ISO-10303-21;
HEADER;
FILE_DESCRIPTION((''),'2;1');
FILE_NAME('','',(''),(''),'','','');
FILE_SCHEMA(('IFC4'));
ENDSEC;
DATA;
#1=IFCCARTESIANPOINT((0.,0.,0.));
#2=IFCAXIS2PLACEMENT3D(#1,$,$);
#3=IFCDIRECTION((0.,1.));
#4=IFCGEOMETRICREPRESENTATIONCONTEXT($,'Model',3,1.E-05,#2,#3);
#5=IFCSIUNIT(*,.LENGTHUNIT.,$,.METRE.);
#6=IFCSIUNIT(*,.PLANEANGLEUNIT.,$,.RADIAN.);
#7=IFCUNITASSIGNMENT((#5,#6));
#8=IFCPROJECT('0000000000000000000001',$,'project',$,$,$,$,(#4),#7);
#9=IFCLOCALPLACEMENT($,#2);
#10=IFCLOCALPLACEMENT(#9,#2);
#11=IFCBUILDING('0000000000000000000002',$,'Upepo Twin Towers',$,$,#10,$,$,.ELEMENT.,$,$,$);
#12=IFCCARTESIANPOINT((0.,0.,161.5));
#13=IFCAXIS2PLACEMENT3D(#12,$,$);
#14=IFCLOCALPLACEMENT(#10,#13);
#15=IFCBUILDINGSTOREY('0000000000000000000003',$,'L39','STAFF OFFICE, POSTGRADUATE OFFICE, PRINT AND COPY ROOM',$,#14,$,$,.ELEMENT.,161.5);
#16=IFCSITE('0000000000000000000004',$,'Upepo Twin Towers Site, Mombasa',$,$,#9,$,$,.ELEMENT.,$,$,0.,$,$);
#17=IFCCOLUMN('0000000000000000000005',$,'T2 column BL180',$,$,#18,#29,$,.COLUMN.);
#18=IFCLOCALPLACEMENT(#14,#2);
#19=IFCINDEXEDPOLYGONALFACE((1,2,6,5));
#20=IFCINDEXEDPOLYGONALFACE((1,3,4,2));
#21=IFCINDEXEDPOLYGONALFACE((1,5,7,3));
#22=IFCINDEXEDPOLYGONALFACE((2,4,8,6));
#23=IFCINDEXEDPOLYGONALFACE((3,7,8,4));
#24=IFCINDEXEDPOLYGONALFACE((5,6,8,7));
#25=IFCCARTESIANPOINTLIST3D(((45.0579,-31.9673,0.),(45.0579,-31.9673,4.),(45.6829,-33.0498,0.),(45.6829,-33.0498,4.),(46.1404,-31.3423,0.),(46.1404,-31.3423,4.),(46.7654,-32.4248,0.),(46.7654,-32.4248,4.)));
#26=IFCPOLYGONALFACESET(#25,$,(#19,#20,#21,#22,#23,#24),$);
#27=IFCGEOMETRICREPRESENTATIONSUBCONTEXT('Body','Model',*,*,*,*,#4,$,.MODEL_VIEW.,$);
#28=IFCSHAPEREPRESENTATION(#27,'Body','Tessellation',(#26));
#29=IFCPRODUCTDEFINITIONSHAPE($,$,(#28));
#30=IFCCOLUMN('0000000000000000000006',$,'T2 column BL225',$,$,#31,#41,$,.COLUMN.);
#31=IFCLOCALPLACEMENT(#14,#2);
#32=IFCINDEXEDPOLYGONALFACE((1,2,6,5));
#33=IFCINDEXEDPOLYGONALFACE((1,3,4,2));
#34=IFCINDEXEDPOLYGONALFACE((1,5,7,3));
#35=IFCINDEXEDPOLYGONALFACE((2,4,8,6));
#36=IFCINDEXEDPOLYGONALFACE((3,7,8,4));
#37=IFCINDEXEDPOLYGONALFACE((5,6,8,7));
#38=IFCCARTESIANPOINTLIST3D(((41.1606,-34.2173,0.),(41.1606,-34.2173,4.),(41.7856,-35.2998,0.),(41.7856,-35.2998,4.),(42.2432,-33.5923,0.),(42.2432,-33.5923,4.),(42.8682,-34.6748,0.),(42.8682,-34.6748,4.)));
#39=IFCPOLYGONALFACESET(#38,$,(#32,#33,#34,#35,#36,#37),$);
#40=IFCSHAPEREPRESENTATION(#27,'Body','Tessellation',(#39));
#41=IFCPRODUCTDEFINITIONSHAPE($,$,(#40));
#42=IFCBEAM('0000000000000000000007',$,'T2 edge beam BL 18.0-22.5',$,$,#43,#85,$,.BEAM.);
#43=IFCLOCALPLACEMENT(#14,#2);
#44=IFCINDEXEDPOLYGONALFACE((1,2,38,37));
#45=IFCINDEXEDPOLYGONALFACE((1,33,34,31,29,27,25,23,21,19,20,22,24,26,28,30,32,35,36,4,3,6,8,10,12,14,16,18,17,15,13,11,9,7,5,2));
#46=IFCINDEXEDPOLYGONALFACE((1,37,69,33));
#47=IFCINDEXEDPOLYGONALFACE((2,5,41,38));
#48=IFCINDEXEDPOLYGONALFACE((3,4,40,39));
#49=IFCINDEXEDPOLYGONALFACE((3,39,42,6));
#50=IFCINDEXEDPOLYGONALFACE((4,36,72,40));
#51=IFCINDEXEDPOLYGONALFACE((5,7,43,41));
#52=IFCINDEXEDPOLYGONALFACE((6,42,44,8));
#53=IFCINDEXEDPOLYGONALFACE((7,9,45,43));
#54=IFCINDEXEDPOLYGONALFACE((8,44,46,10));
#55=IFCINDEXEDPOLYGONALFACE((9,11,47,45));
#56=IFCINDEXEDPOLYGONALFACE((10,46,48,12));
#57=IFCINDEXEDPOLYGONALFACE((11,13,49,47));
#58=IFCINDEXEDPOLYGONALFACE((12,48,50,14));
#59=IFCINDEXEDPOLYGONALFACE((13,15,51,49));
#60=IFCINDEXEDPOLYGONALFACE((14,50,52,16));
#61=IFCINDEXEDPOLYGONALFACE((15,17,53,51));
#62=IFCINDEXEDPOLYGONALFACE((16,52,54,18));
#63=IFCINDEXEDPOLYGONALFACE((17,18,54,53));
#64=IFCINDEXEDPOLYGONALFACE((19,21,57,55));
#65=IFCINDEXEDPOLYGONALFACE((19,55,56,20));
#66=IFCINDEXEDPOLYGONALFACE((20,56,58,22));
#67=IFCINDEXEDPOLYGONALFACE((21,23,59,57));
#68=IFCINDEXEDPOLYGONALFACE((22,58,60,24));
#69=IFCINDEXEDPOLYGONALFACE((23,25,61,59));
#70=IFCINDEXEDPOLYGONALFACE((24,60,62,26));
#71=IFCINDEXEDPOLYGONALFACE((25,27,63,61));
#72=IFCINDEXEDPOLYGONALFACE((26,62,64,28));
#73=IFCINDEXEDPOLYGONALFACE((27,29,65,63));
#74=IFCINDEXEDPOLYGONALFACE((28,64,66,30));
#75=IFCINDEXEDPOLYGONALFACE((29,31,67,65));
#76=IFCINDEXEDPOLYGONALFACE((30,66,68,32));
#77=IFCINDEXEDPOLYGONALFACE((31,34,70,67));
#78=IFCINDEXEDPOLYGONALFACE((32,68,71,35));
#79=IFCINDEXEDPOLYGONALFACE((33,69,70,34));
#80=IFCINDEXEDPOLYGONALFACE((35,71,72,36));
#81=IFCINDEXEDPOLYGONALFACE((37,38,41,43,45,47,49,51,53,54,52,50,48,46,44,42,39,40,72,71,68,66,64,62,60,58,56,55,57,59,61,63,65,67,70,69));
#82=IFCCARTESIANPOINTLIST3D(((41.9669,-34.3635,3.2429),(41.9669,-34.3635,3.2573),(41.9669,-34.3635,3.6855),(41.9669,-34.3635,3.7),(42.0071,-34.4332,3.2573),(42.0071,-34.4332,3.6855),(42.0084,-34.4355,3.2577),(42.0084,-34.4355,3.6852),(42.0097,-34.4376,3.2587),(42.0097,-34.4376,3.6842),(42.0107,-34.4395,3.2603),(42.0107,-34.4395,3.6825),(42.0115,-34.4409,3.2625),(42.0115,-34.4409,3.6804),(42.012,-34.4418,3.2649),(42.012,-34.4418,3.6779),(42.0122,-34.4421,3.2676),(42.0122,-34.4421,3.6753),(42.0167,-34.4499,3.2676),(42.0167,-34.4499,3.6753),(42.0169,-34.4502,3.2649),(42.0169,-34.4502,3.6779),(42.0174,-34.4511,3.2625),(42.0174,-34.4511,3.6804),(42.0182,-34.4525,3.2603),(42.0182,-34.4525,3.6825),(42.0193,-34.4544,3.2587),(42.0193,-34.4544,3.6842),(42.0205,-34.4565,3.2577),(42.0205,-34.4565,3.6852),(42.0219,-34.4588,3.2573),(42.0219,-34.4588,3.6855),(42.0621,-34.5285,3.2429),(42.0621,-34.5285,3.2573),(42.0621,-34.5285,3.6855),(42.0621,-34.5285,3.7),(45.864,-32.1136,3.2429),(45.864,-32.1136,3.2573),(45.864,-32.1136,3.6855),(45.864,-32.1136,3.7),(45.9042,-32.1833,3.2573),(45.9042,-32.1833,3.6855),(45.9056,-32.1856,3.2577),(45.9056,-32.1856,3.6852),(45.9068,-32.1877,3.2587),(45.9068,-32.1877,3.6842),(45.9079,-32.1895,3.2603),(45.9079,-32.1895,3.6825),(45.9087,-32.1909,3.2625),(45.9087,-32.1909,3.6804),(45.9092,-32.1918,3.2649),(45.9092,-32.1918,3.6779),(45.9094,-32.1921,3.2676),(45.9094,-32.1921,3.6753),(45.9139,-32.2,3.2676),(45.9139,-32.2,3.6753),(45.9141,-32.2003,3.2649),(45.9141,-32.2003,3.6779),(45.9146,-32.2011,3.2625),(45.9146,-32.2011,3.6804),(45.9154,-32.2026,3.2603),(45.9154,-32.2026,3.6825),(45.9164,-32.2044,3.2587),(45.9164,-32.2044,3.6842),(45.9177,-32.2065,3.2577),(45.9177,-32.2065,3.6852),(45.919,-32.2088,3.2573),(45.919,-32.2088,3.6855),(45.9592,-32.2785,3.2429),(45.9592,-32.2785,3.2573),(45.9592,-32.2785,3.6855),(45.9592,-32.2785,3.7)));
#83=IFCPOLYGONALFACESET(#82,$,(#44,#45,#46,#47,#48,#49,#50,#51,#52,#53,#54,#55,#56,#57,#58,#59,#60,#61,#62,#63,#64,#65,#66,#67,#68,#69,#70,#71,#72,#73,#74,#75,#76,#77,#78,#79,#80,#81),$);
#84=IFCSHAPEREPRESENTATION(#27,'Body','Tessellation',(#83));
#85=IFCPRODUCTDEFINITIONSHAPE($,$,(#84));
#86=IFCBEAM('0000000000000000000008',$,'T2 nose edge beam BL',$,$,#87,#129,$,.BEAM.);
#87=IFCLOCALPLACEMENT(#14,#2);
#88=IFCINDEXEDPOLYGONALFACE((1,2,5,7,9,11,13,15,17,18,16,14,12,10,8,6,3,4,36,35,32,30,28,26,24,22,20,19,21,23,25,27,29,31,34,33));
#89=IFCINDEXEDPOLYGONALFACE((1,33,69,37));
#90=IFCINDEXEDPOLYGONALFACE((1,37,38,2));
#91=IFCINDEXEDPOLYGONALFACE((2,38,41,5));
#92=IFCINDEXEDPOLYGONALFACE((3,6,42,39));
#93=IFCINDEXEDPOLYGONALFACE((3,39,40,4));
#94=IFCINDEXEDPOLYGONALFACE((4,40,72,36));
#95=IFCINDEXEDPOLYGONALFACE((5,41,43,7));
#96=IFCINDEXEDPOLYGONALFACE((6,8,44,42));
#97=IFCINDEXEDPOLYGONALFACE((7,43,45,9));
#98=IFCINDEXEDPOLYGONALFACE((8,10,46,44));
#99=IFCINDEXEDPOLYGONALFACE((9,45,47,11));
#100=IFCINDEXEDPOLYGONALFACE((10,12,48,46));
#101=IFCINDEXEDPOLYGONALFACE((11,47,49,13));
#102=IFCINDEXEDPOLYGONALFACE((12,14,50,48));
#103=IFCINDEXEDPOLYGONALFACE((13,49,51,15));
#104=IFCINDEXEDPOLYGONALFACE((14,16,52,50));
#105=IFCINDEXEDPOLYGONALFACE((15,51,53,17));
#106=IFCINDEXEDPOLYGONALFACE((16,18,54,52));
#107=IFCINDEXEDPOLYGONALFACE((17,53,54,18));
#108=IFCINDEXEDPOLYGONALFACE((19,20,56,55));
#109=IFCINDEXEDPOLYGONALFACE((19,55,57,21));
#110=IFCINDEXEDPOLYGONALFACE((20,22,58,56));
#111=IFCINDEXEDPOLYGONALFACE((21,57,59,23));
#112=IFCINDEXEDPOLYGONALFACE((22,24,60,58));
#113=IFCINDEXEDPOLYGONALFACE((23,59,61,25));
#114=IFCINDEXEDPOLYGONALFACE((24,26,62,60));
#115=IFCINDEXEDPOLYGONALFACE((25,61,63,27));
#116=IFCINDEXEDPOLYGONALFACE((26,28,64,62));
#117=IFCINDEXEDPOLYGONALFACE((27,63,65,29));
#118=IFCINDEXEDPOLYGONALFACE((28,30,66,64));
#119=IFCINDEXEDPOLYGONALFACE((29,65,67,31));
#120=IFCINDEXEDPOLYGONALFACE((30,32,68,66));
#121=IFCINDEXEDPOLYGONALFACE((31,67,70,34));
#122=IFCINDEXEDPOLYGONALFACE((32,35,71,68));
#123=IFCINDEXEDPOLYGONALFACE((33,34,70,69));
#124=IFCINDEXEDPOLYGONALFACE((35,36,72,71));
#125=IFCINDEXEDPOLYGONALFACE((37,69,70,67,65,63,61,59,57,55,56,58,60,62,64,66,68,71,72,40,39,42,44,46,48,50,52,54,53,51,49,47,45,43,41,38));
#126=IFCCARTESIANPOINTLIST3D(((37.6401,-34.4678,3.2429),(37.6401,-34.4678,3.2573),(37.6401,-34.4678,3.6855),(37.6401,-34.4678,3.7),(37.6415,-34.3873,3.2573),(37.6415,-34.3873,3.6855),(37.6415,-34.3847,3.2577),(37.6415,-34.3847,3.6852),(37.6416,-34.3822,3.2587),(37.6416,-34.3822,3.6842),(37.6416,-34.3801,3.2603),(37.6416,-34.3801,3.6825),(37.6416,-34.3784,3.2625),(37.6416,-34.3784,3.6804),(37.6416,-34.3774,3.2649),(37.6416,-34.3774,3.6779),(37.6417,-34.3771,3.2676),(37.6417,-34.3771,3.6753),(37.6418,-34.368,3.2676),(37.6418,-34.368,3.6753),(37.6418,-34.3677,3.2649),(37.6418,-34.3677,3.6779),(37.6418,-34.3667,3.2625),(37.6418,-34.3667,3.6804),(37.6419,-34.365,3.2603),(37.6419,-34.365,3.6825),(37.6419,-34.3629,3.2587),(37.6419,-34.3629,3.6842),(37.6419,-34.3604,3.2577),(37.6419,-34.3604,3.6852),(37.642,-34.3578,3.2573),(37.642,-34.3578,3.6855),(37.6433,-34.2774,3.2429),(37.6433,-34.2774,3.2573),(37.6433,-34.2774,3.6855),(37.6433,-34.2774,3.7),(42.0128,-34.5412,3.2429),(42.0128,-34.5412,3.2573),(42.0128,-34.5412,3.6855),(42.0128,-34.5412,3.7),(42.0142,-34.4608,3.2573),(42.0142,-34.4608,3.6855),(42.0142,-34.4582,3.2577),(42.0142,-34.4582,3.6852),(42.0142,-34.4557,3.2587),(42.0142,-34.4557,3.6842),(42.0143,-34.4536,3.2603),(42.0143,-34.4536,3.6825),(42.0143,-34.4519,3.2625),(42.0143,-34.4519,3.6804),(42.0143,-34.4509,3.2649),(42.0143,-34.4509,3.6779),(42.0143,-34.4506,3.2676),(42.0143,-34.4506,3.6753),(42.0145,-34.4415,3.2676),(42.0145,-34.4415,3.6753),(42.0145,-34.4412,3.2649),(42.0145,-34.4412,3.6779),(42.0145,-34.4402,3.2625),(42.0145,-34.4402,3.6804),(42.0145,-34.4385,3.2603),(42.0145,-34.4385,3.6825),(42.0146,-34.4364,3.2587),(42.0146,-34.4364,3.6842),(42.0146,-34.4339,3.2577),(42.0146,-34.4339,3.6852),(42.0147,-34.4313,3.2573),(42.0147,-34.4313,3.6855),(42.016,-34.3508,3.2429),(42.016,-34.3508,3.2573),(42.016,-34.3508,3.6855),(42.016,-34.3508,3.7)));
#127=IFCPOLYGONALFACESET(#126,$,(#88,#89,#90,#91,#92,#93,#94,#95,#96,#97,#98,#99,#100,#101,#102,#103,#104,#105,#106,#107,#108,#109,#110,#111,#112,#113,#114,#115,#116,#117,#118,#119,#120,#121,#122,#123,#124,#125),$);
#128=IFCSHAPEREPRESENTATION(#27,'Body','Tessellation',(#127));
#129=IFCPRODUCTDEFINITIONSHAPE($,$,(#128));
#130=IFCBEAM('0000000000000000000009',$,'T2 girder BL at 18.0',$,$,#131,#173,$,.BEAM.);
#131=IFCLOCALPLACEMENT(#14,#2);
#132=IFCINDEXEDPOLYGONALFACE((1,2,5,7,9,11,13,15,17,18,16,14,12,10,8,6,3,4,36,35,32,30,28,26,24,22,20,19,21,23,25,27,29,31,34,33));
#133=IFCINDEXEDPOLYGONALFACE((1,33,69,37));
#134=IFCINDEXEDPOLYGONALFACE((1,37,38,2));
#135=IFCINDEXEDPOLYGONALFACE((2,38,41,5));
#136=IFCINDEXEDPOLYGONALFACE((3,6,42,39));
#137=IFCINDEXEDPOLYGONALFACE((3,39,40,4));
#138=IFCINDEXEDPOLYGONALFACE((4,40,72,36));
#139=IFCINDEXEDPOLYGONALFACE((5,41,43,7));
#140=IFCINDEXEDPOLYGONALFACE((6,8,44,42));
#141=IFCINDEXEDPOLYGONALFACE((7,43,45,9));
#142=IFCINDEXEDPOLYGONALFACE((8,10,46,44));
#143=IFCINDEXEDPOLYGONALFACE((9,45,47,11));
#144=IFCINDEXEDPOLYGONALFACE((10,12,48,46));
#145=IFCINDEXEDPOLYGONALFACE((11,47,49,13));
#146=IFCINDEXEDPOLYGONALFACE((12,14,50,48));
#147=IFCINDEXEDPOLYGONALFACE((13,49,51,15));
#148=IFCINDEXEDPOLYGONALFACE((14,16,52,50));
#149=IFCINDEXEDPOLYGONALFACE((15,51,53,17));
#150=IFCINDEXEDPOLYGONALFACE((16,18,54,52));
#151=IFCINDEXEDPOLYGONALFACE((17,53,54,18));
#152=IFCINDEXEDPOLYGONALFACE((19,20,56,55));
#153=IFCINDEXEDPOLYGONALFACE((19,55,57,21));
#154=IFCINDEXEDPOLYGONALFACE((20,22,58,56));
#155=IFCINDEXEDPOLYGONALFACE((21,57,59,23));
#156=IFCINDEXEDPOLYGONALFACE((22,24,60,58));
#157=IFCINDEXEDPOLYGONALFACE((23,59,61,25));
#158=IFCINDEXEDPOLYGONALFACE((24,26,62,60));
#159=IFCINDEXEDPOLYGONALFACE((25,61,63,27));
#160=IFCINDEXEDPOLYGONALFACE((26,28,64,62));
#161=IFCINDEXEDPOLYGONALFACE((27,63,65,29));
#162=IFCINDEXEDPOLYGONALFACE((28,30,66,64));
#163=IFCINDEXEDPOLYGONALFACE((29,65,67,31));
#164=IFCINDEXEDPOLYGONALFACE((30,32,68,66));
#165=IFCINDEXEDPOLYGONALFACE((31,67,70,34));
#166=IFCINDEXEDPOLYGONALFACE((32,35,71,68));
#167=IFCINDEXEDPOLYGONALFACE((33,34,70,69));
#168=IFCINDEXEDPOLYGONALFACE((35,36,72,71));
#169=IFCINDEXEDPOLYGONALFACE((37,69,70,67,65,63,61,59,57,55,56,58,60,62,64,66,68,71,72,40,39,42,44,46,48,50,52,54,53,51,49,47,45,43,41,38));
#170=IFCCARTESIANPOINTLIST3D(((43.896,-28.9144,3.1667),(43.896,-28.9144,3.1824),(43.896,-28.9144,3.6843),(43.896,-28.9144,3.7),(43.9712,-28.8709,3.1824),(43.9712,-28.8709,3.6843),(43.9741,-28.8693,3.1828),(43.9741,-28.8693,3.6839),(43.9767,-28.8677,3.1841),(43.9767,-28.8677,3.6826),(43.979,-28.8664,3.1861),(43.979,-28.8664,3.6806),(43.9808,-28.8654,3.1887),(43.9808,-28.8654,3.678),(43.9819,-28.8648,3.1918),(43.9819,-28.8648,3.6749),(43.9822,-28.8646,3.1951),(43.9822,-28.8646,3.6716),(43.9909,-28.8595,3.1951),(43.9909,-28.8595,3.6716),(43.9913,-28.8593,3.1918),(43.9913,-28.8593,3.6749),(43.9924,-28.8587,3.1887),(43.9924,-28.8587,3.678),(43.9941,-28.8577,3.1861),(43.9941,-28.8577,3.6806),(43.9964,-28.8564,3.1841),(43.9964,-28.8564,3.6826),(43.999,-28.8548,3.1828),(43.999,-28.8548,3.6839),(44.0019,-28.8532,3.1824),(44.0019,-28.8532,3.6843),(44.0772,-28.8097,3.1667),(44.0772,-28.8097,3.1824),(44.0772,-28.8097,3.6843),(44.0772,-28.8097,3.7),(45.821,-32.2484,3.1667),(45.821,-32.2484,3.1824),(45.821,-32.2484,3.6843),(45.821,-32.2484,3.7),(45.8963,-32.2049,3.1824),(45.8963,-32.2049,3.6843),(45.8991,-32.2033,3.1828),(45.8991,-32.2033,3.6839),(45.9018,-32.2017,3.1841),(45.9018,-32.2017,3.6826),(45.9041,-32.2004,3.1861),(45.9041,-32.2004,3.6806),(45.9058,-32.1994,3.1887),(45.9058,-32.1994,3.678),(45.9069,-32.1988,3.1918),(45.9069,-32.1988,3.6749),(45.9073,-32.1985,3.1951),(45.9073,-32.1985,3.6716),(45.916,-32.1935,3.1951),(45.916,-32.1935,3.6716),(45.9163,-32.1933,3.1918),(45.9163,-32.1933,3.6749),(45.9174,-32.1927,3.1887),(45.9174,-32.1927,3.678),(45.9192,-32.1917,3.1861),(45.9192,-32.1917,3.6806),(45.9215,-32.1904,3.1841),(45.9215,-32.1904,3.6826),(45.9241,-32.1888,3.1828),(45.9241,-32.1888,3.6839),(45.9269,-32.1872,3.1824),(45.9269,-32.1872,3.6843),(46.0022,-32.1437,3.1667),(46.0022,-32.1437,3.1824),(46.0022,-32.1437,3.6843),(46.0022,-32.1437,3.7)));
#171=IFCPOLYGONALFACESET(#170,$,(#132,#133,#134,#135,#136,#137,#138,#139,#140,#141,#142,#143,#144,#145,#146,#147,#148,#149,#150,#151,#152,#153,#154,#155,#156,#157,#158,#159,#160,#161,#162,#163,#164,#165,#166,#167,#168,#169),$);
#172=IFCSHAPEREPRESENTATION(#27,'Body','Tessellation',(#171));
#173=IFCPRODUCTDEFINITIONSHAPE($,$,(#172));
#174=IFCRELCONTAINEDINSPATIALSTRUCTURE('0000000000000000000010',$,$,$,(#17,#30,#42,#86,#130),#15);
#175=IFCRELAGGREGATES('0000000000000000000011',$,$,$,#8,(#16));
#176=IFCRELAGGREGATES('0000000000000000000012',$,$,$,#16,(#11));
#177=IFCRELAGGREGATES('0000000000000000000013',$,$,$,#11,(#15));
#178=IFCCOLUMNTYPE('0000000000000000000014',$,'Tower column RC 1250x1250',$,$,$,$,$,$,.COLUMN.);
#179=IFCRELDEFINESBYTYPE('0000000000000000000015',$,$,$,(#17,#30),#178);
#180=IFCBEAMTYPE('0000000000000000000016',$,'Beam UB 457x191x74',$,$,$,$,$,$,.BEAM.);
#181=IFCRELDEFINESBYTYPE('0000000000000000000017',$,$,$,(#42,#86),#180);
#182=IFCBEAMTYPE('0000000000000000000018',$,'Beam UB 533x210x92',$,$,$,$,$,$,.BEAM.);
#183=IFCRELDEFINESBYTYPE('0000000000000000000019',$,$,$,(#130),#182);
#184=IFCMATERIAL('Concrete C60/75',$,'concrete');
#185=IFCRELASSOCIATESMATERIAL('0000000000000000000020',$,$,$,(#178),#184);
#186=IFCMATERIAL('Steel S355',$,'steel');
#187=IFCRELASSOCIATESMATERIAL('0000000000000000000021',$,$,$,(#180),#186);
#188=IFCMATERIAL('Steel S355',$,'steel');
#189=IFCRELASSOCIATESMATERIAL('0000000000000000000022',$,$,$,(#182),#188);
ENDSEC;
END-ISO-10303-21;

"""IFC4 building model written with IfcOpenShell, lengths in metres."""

from ifc_helpers import new_model, si_unit, direction, frame, origin, origin_2d, place, context, subcontext, project, spatial, rectangle, i_section, extrude, material, material_profile, profile_set, type_object, element, save


model = new_model("IFC4")

# Units and contexts
model_context = context("Model", 3, precision=1e-05, world=origin(), true_north=direction((0.0, 1.0)))
body_context = subcontext(model_context, "Body", "Model", "MODEL_VIEW")
ifc_project = project(units=[si_unit("LENGTHUNIT", "METRE"), si_unit("PLANEANGLEUNIT", "RADIAN")], contexts=[model_context])

# Site, building, storey
site_placement = place(None, origin())
site = spatial("IfcSite", under=ifc_project, at=site_placement, Name="Upepo Twin Towers Site, Mombasa", CompositionType="ELEMENT", RefElevation=0.0)
building_placement = place(site_placement, origin())
building = spatial("IfcBuilding", under=site, at=building_placement, Name="Upepo Twin Towers", CompositionType="ELEMENT")
storey_placement = place(building_placement, frame((0.0, 0.0, 161.5)))
storey = spatial("IfcBuildingStorey", under=building, at=storey_placement, Name="L39", Description="STAFF OFFICE, POSTGRADUATE OFFICE, PRINT AND COPY ROOM", CompositionType="ELEMENT", Elevation=161.5)

# Columns
ifc_material_1 = material(Name="Concrete C60/75", Category="concrete")
ifc_material_profile_1 = material_profile(ifc_material_1, rectangle(XDim=1.25, YDim=1.25, at=origin_2d()), Name="RC 1250x1250")
ifc_profile_set_1 = profile_set([ifc_material_profile_1], Name="Concrete C60/75")
column_type = type_object("IfcColumnType", Name="Tower column RC 1250x1250", PredefinedType="COLUMN", material=ifc_profile_set_1)
for number, where, z_axis, x_axis, name in (
    (1, (45.9116, -32.196, 0.0), (0.0, 0.0, 1.0), (0.866025, 0.5, 0.0), "T2 column BL180"),
    (2, (42.0144, -34.446, 0.0), (0.0, 0.0, 1.0), (0.866025, 0.5, 0.0), "T2 column BL225"),
):
    element("IfcColumn", number, at=place(storey_placement, frame(where, z_axis=z_axis, x_axis=x_axis)), inside=storey, type_object=column_type, Name=name, PredefinedType="COLUMN", context=body_context, shape_type="SweptSolid", body=[
        extrude(rectangle(XDim=1.25, YDim=1.25, at=origin_2d()), origin(), (0.0, 0.0, 1.0), 4.0),
    ])

# Beams
ifc_material_2 = material(Name="Steel S355", Category="steel")
ifc_material_profile_2 = material_profile(ifc_material_2, i_section(OverallWidth=0.1904, OverallDepth=0.457, WebThickness=0.009, FlangeThickness=0.0144, FilletRadius=0.0103, at=origin_2d()), Name="UB 457x191x74")
ifc_profile_set_2 = profile_set([ifc_material_profile_2], Name="Steel S355")
beam_type_1 = type_object("IfcBeamType", Name="Beam UB 457x191x74", PredefinedType="BEAM", material=ifc_profile_set_2)
beam_1_placement = place(storey_placement, frame((45.9116, -32.196, 3.4714), z_axis=(-0.866031, -0.49999, 0.0), x_axis=(0.49999, -0.866031, 0.0)))
element("IfcBeam", 3, at=beam_1_placement, inside=storey, type_object=beam_type_1, Name="T2 edge beam BL 18.0-22.5", PredefinedType="BEAM", context=body_context, shape_type="SweptSolid", body=[
    extrude(i_section(OverallWidth=0.1904, OverallDepth=0.457, WebThickness=0.009, FlangeThickness=0.0144, FilletRadius=0.0103, at=origin_2d()), origin(), (0.0, 0.0, 1.0), 4.5),
])
beam_2_placement = place(storey_placement, frame((42.0144, -34.446, 3.4714), z_axis=(-0.999859, 0.016804, 0.0), x_axis=(-0.016804, -0.999859, 0.0)))
element("IfcBeam", 4, at=beam_2_placement, inside=storey, type_object=beam_type_1, Name="T2 nose edge beam BL", PredefinedType="BEAM", context=body_context, shape_type="SweptSolid", body=[
    extrude(i_section(OverallWidth=0.1904, OverallDepth=0.457, WebThickness=0.009, FlangeThickness=0.0144, FilletRadius=0.0103, at=origin_2d()), origin(), (0.0, 0.0, 1.0), 4.3733),
])
ifc_material_3 = material(Name="Steel S355", Category="steel")
ifc_material_profile_3 = material_profile(ifc_material_3, i_section(OverallWidth=0.2092, OverallDepth=0.5332, WebThickness=0.01, FlangeThickness=0.0156, FilletRadius=0.0127, at=origin_2d()), Name="UB 533x210x92")
ifc_profile_set_3 = profile_set([ifc_material_profile_3], Name="Steel S355")
beam_type_2 = type_object("IfcBeamType", Name="Beam UB 533x210x92", PredefinedType="BEAM", material=ifc_profile_set_3)
for number, where, z_axis, x_axis, name in (
    (5, (45.9116, -32.196, 3.4333), (-0.500034, 0.866006, 0.0), (-0.866006, -0.500034, 0.0), "T2 girder BL at 18.0"),
):
    element("IfcBeam", number, at=place(storey_placement, frame(where, z_axis=z_axis, x_axis=x_axis)), inside=storey, type_object=beam_type_2, Name=name, PredefinedType="BEAM", context=body_context, shape_type="SweptSolid", body=[
        extrude(i_section(OverallWidth=0.2092, OverallDepth=0.5332, WebThickness=0.01, FlangeThickness=0.0156, FilletRadius=0.0127, at=origin_2d()), origin(), (0.0, 0.0, 1.0), 3.8499),
    ])

save(model, "model.ifc")
